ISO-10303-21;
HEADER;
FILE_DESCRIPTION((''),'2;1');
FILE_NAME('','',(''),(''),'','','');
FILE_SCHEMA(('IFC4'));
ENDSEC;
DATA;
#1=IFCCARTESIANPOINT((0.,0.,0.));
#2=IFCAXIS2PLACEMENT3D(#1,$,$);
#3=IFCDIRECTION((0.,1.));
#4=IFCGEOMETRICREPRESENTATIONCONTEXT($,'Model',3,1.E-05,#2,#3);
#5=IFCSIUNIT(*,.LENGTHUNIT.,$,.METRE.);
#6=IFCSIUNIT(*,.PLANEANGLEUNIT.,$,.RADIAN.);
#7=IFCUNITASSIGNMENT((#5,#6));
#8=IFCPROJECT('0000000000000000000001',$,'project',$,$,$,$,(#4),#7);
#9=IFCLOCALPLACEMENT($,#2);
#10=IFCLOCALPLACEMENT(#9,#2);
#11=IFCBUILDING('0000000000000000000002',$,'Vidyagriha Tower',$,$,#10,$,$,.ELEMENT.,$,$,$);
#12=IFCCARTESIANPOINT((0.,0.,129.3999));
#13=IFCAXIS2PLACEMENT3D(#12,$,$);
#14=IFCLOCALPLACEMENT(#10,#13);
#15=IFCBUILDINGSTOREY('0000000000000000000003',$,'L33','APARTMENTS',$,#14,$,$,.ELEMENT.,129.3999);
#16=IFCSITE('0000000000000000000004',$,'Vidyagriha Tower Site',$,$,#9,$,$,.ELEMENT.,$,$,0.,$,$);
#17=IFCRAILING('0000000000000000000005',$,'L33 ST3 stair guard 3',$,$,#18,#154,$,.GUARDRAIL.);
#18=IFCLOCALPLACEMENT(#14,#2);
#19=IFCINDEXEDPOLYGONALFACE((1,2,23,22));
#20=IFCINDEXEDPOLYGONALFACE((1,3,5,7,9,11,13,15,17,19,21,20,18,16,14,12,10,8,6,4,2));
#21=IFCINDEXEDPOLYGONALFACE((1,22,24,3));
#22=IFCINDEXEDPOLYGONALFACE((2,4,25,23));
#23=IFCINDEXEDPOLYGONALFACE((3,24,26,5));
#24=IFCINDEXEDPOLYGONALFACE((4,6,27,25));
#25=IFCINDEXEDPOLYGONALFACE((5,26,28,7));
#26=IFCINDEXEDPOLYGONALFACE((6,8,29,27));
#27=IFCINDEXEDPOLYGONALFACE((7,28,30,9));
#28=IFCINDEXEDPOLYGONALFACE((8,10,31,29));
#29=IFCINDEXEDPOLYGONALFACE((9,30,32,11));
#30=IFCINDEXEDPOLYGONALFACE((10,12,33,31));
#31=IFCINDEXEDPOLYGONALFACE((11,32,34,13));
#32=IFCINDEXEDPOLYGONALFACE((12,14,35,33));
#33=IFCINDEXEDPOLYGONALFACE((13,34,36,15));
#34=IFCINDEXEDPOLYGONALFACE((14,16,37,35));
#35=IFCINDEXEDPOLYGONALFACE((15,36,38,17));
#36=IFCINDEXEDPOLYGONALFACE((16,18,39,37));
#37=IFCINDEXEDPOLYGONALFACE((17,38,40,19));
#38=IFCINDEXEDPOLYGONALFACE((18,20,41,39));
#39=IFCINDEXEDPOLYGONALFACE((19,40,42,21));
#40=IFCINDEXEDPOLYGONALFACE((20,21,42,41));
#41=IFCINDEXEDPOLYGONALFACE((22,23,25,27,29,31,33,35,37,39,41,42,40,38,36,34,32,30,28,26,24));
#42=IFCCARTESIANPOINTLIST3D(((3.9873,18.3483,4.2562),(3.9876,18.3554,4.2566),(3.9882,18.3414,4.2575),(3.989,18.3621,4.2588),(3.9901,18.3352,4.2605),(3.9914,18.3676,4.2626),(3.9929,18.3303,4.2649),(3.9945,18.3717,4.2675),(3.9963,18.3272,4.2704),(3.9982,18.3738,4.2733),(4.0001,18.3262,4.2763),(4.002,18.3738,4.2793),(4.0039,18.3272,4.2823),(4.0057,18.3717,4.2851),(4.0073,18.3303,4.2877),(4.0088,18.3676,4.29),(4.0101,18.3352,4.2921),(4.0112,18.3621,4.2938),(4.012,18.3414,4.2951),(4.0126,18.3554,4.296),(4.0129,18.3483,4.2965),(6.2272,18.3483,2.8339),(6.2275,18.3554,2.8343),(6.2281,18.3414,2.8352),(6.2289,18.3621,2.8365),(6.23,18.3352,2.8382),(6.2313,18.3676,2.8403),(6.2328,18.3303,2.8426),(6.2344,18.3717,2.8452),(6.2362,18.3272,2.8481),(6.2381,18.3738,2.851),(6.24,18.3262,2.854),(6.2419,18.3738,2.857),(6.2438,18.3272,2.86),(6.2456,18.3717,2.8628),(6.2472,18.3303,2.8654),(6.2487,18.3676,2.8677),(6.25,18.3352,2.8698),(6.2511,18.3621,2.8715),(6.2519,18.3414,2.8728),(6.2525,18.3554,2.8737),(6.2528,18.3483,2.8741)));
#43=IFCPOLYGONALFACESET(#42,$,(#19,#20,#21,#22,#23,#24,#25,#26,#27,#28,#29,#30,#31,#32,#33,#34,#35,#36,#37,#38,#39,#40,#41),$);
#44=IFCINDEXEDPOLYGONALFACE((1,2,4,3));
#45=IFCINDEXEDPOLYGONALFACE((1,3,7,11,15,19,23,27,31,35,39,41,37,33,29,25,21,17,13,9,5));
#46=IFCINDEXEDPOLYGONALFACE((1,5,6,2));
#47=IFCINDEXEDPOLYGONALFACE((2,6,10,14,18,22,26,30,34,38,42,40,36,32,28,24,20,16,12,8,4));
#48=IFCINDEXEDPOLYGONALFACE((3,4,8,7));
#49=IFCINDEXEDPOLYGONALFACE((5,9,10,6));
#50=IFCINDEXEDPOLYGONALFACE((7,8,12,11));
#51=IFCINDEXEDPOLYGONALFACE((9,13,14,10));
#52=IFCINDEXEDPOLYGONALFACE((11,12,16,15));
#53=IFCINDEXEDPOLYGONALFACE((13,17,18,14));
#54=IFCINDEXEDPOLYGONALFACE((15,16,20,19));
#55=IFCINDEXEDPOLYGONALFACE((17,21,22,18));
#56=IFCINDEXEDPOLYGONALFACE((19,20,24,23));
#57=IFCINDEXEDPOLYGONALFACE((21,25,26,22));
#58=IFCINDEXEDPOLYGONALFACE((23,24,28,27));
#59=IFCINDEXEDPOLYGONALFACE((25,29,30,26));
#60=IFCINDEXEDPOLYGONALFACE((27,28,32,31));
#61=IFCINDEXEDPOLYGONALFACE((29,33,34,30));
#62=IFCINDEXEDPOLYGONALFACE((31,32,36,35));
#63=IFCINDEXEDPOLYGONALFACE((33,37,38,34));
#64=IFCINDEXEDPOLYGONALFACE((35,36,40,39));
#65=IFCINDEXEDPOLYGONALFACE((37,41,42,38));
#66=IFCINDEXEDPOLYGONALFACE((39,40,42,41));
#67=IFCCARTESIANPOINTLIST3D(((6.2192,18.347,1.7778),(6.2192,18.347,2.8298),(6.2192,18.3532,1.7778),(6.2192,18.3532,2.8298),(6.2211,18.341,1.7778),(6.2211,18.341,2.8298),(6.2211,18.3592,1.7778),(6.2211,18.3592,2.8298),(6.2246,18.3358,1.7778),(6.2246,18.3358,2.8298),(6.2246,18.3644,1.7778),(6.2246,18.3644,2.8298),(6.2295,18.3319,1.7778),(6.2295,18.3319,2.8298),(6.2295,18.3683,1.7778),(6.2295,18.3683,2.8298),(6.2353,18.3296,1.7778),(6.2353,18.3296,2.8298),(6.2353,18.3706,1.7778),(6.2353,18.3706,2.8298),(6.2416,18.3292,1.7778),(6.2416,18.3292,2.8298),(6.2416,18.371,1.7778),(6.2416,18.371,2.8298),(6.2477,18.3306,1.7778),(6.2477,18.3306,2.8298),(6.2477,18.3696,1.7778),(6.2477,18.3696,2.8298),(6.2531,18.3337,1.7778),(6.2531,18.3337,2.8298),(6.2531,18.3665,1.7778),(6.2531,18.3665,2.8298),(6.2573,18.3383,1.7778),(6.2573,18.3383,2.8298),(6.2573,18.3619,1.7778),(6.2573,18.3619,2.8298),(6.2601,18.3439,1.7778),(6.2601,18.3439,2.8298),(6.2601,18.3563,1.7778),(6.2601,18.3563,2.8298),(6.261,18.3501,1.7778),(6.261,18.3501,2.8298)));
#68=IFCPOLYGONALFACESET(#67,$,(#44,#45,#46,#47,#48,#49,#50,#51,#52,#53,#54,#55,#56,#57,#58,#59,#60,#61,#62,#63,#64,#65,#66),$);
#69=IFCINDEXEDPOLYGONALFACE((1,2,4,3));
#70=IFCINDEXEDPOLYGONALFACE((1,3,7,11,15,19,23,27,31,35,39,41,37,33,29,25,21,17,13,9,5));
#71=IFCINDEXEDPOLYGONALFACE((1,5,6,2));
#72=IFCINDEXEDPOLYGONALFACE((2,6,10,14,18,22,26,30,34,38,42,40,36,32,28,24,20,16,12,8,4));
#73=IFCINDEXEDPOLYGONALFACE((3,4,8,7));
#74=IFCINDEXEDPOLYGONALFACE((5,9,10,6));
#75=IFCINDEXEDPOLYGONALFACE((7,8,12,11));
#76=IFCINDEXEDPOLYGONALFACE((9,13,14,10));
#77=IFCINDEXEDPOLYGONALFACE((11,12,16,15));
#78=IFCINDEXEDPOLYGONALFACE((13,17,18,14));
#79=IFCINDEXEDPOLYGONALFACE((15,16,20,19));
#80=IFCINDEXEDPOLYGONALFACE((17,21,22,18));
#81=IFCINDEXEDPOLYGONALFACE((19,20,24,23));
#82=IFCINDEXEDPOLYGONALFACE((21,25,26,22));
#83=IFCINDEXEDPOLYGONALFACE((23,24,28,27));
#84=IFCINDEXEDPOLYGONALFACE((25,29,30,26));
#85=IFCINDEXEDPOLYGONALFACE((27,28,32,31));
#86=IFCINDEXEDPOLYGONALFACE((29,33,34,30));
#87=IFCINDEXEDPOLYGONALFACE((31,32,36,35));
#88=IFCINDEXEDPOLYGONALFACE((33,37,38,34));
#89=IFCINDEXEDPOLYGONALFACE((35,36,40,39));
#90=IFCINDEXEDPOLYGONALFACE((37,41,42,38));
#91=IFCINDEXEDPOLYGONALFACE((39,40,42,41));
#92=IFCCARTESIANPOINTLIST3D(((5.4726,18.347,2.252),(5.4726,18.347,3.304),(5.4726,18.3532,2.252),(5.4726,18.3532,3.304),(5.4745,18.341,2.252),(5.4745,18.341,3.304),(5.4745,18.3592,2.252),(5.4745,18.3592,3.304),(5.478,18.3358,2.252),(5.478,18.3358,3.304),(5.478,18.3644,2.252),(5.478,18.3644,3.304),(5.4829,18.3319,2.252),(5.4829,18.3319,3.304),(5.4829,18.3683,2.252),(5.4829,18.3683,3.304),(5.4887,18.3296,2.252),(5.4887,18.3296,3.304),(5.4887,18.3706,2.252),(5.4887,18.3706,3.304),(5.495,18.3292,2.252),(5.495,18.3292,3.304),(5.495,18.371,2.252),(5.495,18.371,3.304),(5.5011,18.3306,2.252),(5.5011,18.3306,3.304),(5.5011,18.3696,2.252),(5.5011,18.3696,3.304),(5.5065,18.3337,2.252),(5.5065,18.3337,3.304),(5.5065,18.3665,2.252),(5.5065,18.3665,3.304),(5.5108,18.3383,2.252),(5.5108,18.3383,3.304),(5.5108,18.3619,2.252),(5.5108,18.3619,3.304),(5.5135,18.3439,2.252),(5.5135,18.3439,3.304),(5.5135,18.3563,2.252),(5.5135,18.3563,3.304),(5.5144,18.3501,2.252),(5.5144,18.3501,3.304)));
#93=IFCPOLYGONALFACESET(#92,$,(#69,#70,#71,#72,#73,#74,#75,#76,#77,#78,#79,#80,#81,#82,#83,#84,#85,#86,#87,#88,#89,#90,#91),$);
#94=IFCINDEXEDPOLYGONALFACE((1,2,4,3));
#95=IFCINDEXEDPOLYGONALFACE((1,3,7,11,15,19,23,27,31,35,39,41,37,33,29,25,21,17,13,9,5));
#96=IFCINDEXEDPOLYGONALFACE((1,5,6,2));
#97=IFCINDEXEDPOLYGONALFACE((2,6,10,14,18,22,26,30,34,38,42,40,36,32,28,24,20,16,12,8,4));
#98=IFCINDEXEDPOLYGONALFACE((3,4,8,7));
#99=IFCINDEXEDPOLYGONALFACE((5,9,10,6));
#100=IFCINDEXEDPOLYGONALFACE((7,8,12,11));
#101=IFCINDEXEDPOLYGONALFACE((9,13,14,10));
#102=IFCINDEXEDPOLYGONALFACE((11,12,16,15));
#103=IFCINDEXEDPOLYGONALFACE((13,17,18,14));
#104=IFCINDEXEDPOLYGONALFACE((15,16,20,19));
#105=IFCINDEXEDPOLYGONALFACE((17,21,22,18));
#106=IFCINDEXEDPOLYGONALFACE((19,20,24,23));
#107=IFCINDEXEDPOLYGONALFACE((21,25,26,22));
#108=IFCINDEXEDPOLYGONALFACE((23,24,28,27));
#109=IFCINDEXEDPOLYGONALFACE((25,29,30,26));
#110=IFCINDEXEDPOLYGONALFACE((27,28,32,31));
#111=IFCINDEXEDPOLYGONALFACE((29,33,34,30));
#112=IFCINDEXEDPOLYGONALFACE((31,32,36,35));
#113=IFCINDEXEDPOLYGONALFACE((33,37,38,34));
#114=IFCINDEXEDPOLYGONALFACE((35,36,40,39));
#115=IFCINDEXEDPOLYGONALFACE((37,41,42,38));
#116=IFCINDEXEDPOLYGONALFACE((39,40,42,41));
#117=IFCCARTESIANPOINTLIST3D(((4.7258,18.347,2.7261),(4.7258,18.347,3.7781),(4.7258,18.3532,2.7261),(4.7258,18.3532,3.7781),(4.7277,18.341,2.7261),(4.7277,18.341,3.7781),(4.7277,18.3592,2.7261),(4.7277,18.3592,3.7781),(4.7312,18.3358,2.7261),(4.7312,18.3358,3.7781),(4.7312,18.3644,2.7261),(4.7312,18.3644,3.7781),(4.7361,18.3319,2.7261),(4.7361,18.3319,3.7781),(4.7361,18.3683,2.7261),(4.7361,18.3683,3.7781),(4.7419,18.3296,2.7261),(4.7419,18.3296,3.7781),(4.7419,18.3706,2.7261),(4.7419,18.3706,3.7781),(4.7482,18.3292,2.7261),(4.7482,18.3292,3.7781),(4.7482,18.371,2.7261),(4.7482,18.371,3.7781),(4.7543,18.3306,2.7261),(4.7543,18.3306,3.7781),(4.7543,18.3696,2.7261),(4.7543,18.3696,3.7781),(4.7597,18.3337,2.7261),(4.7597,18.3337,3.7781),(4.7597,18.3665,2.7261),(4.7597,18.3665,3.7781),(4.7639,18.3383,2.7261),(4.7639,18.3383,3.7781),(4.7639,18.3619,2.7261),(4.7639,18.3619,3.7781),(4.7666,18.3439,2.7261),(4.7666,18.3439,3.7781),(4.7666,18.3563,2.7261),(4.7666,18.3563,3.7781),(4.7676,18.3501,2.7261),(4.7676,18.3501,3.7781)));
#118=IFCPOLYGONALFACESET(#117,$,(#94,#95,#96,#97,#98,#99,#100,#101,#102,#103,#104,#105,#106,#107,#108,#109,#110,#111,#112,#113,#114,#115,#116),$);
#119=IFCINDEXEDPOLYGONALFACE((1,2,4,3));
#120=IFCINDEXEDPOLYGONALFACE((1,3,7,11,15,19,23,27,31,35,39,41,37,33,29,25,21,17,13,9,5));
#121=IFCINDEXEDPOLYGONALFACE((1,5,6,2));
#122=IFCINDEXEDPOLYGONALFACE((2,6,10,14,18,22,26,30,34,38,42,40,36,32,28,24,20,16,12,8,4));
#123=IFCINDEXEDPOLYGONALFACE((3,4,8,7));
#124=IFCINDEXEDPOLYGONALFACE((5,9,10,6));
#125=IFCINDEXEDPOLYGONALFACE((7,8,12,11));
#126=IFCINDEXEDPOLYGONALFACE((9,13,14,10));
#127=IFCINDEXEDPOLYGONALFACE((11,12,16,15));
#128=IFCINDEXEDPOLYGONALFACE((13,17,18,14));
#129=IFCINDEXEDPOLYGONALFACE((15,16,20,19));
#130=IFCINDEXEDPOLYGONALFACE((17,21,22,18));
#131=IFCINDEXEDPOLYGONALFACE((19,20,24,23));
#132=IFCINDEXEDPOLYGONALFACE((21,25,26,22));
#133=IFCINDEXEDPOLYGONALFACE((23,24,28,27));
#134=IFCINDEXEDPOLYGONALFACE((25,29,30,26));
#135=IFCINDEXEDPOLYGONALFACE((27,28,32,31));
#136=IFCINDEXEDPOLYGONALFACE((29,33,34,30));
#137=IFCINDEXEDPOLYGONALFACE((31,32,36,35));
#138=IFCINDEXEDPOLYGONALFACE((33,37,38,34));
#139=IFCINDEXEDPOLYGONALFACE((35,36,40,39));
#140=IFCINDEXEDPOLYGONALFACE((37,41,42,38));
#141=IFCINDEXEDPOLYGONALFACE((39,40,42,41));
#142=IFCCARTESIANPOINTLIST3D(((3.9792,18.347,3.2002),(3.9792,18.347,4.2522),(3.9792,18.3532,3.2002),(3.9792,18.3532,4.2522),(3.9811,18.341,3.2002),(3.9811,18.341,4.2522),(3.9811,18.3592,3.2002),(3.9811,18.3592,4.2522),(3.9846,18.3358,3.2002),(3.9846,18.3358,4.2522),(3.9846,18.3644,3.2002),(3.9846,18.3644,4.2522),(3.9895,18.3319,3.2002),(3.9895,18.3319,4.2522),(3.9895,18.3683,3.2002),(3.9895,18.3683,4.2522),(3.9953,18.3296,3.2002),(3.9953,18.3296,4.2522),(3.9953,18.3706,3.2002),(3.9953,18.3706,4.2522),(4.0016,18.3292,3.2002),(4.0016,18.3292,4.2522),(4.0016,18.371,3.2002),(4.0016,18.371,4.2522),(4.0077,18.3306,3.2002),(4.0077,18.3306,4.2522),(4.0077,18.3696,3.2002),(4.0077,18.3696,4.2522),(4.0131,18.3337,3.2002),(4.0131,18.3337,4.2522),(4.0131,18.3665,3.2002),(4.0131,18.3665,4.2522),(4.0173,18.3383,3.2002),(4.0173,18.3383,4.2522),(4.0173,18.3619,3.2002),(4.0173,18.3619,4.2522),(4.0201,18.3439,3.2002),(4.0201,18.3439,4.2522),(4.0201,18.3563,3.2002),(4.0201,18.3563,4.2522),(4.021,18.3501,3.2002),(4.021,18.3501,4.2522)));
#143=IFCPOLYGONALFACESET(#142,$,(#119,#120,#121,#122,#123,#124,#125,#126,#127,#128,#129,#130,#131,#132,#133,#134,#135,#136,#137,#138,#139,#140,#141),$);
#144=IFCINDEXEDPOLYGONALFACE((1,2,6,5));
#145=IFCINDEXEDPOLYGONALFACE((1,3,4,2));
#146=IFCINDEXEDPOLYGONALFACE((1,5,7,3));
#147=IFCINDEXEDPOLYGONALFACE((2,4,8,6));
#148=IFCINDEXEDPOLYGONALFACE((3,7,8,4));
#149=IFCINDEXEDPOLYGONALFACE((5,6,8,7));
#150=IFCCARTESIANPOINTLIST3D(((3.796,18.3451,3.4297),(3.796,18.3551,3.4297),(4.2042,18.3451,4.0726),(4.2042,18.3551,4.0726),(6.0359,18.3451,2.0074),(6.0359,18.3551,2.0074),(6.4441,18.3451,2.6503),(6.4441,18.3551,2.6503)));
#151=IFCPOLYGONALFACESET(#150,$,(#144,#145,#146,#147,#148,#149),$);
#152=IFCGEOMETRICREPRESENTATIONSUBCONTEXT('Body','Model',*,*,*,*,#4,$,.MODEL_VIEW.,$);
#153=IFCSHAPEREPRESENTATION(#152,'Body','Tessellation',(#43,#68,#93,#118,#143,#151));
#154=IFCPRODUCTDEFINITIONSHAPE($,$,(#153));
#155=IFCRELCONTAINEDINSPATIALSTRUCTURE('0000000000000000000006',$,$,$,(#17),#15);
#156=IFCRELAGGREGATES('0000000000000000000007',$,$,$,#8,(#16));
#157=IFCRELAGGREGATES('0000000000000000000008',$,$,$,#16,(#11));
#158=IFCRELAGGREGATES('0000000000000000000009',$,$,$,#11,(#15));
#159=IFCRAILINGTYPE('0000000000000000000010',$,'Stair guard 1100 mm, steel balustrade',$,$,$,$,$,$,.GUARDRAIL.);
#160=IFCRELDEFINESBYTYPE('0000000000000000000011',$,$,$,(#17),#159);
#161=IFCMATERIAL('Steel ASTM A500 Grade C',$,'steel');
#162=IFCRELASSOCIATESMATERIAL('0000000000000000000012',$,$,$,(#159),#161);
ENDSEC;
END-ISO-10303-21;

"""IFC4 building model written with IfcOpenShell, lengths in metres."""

from ifc_helpers import new_model, si_unit, direction, frame, origin, origin_2d, place, context, subcontext, project, spatial, rectangle, circle, extrude, material, type_object, element, save


model = new_model("IFC4")

# Units and contexts
model_context = context("Model", 3, precision=1e-05, world=origin(), true_north=direction((0.0, 1.0)))
body_context = subcontext(model_context, "Body", "Model", "MODEL_VIEW")
ifc_project = project(units=[si_unit("LENGTHUNIT", "METRE"), si_unit("PLANEANGLEUNIT", "RADIAN")], contexts=[model_context])

# Site, building, storey
site_placement = place(None, origin())
site = spatial("IfcSite", under=ifc_project, at=site_placement, Name="Vidyagriha Tower Site", CompositionType="ELEMENT", RefElevation=0.0)
building_placement = place(site_placement, origin())
building = spatial("IfcBuilding", under=site, at=building_placement, Name="Vidyagriha Tower", CompositionType="ELEMENT")
storey_placement = place(building_placement, frame((0.0, 0.0, 129.3999)))
storey = spatial("IfcBuildingStorey", under=building, at=storey_placement, Name="L33", Description="APARTMENTS", CompositionType="ELEMENT", Elevation=129.3999)

# Railing
ifc_material_1 = material(Name="Steel ASTM A500 Grade C", Category="steel")
railing_type_1 = type_object("IfcRailingType", Name="Stair guard 1100 mm, steel balustrade", PredefinedType="GUARDRAIL", material=ifc_material_1)
railing_1_placement = place(storey_placement, frame((6.24, 18.3501, 1.7778)))
element("IfcRailing", 1, at=railing_1_placement, inside=storey, type_object=railing_type_1, Name="L33 ST3 stair guard 3", PredefinedType="GUARDRAIL", context=body_context, shape_type="SweptSolid", body=[
    extrude(circle(Radius=0.0239, at=origin_2d()), frame((0.0, 0.0, 1.0762), z_axis=(-0.844188, 0.0, 0.536048), x_axis=(0.0, -1.0, 0.0)), (0.0, 0.0, 1.0), 2.6533),
    extrude(circle(Radius=0.021, at=origin_2d()), origin(), (0.0, 0.0, 1.0), 1.052),
    extrude(circle(Radius=0.021, at=origin_2d()), frame((-0.7466, 0.0, 0.4741)), (0.0, 0.0, 1.0), 1.052),
    extrude(circle(Radius=0.021, at=origin_2d()), frame((-1.4934, 0.0, 0.9482)), (0.0, 0.0, 1.0), 1.052),
    extrude(circle(Radius=0.021, at=origin_2d()), frame((-2.24, 0.0, 1.4224)), (0.0, 0.0, 1.0), 1.052),
    extrude(rectangle(XDim=0.01, YDim=0.7615, at=origin_2d()), frame((0.0, 0.0, 0.551), z_axis=(-0.844188, 0.0, 0.536048), x_axis=(0.0, -1.0, 0.0)), (0.0, 0.0, 1.0), 2.6533),
])

save(model, "model.ifc")
